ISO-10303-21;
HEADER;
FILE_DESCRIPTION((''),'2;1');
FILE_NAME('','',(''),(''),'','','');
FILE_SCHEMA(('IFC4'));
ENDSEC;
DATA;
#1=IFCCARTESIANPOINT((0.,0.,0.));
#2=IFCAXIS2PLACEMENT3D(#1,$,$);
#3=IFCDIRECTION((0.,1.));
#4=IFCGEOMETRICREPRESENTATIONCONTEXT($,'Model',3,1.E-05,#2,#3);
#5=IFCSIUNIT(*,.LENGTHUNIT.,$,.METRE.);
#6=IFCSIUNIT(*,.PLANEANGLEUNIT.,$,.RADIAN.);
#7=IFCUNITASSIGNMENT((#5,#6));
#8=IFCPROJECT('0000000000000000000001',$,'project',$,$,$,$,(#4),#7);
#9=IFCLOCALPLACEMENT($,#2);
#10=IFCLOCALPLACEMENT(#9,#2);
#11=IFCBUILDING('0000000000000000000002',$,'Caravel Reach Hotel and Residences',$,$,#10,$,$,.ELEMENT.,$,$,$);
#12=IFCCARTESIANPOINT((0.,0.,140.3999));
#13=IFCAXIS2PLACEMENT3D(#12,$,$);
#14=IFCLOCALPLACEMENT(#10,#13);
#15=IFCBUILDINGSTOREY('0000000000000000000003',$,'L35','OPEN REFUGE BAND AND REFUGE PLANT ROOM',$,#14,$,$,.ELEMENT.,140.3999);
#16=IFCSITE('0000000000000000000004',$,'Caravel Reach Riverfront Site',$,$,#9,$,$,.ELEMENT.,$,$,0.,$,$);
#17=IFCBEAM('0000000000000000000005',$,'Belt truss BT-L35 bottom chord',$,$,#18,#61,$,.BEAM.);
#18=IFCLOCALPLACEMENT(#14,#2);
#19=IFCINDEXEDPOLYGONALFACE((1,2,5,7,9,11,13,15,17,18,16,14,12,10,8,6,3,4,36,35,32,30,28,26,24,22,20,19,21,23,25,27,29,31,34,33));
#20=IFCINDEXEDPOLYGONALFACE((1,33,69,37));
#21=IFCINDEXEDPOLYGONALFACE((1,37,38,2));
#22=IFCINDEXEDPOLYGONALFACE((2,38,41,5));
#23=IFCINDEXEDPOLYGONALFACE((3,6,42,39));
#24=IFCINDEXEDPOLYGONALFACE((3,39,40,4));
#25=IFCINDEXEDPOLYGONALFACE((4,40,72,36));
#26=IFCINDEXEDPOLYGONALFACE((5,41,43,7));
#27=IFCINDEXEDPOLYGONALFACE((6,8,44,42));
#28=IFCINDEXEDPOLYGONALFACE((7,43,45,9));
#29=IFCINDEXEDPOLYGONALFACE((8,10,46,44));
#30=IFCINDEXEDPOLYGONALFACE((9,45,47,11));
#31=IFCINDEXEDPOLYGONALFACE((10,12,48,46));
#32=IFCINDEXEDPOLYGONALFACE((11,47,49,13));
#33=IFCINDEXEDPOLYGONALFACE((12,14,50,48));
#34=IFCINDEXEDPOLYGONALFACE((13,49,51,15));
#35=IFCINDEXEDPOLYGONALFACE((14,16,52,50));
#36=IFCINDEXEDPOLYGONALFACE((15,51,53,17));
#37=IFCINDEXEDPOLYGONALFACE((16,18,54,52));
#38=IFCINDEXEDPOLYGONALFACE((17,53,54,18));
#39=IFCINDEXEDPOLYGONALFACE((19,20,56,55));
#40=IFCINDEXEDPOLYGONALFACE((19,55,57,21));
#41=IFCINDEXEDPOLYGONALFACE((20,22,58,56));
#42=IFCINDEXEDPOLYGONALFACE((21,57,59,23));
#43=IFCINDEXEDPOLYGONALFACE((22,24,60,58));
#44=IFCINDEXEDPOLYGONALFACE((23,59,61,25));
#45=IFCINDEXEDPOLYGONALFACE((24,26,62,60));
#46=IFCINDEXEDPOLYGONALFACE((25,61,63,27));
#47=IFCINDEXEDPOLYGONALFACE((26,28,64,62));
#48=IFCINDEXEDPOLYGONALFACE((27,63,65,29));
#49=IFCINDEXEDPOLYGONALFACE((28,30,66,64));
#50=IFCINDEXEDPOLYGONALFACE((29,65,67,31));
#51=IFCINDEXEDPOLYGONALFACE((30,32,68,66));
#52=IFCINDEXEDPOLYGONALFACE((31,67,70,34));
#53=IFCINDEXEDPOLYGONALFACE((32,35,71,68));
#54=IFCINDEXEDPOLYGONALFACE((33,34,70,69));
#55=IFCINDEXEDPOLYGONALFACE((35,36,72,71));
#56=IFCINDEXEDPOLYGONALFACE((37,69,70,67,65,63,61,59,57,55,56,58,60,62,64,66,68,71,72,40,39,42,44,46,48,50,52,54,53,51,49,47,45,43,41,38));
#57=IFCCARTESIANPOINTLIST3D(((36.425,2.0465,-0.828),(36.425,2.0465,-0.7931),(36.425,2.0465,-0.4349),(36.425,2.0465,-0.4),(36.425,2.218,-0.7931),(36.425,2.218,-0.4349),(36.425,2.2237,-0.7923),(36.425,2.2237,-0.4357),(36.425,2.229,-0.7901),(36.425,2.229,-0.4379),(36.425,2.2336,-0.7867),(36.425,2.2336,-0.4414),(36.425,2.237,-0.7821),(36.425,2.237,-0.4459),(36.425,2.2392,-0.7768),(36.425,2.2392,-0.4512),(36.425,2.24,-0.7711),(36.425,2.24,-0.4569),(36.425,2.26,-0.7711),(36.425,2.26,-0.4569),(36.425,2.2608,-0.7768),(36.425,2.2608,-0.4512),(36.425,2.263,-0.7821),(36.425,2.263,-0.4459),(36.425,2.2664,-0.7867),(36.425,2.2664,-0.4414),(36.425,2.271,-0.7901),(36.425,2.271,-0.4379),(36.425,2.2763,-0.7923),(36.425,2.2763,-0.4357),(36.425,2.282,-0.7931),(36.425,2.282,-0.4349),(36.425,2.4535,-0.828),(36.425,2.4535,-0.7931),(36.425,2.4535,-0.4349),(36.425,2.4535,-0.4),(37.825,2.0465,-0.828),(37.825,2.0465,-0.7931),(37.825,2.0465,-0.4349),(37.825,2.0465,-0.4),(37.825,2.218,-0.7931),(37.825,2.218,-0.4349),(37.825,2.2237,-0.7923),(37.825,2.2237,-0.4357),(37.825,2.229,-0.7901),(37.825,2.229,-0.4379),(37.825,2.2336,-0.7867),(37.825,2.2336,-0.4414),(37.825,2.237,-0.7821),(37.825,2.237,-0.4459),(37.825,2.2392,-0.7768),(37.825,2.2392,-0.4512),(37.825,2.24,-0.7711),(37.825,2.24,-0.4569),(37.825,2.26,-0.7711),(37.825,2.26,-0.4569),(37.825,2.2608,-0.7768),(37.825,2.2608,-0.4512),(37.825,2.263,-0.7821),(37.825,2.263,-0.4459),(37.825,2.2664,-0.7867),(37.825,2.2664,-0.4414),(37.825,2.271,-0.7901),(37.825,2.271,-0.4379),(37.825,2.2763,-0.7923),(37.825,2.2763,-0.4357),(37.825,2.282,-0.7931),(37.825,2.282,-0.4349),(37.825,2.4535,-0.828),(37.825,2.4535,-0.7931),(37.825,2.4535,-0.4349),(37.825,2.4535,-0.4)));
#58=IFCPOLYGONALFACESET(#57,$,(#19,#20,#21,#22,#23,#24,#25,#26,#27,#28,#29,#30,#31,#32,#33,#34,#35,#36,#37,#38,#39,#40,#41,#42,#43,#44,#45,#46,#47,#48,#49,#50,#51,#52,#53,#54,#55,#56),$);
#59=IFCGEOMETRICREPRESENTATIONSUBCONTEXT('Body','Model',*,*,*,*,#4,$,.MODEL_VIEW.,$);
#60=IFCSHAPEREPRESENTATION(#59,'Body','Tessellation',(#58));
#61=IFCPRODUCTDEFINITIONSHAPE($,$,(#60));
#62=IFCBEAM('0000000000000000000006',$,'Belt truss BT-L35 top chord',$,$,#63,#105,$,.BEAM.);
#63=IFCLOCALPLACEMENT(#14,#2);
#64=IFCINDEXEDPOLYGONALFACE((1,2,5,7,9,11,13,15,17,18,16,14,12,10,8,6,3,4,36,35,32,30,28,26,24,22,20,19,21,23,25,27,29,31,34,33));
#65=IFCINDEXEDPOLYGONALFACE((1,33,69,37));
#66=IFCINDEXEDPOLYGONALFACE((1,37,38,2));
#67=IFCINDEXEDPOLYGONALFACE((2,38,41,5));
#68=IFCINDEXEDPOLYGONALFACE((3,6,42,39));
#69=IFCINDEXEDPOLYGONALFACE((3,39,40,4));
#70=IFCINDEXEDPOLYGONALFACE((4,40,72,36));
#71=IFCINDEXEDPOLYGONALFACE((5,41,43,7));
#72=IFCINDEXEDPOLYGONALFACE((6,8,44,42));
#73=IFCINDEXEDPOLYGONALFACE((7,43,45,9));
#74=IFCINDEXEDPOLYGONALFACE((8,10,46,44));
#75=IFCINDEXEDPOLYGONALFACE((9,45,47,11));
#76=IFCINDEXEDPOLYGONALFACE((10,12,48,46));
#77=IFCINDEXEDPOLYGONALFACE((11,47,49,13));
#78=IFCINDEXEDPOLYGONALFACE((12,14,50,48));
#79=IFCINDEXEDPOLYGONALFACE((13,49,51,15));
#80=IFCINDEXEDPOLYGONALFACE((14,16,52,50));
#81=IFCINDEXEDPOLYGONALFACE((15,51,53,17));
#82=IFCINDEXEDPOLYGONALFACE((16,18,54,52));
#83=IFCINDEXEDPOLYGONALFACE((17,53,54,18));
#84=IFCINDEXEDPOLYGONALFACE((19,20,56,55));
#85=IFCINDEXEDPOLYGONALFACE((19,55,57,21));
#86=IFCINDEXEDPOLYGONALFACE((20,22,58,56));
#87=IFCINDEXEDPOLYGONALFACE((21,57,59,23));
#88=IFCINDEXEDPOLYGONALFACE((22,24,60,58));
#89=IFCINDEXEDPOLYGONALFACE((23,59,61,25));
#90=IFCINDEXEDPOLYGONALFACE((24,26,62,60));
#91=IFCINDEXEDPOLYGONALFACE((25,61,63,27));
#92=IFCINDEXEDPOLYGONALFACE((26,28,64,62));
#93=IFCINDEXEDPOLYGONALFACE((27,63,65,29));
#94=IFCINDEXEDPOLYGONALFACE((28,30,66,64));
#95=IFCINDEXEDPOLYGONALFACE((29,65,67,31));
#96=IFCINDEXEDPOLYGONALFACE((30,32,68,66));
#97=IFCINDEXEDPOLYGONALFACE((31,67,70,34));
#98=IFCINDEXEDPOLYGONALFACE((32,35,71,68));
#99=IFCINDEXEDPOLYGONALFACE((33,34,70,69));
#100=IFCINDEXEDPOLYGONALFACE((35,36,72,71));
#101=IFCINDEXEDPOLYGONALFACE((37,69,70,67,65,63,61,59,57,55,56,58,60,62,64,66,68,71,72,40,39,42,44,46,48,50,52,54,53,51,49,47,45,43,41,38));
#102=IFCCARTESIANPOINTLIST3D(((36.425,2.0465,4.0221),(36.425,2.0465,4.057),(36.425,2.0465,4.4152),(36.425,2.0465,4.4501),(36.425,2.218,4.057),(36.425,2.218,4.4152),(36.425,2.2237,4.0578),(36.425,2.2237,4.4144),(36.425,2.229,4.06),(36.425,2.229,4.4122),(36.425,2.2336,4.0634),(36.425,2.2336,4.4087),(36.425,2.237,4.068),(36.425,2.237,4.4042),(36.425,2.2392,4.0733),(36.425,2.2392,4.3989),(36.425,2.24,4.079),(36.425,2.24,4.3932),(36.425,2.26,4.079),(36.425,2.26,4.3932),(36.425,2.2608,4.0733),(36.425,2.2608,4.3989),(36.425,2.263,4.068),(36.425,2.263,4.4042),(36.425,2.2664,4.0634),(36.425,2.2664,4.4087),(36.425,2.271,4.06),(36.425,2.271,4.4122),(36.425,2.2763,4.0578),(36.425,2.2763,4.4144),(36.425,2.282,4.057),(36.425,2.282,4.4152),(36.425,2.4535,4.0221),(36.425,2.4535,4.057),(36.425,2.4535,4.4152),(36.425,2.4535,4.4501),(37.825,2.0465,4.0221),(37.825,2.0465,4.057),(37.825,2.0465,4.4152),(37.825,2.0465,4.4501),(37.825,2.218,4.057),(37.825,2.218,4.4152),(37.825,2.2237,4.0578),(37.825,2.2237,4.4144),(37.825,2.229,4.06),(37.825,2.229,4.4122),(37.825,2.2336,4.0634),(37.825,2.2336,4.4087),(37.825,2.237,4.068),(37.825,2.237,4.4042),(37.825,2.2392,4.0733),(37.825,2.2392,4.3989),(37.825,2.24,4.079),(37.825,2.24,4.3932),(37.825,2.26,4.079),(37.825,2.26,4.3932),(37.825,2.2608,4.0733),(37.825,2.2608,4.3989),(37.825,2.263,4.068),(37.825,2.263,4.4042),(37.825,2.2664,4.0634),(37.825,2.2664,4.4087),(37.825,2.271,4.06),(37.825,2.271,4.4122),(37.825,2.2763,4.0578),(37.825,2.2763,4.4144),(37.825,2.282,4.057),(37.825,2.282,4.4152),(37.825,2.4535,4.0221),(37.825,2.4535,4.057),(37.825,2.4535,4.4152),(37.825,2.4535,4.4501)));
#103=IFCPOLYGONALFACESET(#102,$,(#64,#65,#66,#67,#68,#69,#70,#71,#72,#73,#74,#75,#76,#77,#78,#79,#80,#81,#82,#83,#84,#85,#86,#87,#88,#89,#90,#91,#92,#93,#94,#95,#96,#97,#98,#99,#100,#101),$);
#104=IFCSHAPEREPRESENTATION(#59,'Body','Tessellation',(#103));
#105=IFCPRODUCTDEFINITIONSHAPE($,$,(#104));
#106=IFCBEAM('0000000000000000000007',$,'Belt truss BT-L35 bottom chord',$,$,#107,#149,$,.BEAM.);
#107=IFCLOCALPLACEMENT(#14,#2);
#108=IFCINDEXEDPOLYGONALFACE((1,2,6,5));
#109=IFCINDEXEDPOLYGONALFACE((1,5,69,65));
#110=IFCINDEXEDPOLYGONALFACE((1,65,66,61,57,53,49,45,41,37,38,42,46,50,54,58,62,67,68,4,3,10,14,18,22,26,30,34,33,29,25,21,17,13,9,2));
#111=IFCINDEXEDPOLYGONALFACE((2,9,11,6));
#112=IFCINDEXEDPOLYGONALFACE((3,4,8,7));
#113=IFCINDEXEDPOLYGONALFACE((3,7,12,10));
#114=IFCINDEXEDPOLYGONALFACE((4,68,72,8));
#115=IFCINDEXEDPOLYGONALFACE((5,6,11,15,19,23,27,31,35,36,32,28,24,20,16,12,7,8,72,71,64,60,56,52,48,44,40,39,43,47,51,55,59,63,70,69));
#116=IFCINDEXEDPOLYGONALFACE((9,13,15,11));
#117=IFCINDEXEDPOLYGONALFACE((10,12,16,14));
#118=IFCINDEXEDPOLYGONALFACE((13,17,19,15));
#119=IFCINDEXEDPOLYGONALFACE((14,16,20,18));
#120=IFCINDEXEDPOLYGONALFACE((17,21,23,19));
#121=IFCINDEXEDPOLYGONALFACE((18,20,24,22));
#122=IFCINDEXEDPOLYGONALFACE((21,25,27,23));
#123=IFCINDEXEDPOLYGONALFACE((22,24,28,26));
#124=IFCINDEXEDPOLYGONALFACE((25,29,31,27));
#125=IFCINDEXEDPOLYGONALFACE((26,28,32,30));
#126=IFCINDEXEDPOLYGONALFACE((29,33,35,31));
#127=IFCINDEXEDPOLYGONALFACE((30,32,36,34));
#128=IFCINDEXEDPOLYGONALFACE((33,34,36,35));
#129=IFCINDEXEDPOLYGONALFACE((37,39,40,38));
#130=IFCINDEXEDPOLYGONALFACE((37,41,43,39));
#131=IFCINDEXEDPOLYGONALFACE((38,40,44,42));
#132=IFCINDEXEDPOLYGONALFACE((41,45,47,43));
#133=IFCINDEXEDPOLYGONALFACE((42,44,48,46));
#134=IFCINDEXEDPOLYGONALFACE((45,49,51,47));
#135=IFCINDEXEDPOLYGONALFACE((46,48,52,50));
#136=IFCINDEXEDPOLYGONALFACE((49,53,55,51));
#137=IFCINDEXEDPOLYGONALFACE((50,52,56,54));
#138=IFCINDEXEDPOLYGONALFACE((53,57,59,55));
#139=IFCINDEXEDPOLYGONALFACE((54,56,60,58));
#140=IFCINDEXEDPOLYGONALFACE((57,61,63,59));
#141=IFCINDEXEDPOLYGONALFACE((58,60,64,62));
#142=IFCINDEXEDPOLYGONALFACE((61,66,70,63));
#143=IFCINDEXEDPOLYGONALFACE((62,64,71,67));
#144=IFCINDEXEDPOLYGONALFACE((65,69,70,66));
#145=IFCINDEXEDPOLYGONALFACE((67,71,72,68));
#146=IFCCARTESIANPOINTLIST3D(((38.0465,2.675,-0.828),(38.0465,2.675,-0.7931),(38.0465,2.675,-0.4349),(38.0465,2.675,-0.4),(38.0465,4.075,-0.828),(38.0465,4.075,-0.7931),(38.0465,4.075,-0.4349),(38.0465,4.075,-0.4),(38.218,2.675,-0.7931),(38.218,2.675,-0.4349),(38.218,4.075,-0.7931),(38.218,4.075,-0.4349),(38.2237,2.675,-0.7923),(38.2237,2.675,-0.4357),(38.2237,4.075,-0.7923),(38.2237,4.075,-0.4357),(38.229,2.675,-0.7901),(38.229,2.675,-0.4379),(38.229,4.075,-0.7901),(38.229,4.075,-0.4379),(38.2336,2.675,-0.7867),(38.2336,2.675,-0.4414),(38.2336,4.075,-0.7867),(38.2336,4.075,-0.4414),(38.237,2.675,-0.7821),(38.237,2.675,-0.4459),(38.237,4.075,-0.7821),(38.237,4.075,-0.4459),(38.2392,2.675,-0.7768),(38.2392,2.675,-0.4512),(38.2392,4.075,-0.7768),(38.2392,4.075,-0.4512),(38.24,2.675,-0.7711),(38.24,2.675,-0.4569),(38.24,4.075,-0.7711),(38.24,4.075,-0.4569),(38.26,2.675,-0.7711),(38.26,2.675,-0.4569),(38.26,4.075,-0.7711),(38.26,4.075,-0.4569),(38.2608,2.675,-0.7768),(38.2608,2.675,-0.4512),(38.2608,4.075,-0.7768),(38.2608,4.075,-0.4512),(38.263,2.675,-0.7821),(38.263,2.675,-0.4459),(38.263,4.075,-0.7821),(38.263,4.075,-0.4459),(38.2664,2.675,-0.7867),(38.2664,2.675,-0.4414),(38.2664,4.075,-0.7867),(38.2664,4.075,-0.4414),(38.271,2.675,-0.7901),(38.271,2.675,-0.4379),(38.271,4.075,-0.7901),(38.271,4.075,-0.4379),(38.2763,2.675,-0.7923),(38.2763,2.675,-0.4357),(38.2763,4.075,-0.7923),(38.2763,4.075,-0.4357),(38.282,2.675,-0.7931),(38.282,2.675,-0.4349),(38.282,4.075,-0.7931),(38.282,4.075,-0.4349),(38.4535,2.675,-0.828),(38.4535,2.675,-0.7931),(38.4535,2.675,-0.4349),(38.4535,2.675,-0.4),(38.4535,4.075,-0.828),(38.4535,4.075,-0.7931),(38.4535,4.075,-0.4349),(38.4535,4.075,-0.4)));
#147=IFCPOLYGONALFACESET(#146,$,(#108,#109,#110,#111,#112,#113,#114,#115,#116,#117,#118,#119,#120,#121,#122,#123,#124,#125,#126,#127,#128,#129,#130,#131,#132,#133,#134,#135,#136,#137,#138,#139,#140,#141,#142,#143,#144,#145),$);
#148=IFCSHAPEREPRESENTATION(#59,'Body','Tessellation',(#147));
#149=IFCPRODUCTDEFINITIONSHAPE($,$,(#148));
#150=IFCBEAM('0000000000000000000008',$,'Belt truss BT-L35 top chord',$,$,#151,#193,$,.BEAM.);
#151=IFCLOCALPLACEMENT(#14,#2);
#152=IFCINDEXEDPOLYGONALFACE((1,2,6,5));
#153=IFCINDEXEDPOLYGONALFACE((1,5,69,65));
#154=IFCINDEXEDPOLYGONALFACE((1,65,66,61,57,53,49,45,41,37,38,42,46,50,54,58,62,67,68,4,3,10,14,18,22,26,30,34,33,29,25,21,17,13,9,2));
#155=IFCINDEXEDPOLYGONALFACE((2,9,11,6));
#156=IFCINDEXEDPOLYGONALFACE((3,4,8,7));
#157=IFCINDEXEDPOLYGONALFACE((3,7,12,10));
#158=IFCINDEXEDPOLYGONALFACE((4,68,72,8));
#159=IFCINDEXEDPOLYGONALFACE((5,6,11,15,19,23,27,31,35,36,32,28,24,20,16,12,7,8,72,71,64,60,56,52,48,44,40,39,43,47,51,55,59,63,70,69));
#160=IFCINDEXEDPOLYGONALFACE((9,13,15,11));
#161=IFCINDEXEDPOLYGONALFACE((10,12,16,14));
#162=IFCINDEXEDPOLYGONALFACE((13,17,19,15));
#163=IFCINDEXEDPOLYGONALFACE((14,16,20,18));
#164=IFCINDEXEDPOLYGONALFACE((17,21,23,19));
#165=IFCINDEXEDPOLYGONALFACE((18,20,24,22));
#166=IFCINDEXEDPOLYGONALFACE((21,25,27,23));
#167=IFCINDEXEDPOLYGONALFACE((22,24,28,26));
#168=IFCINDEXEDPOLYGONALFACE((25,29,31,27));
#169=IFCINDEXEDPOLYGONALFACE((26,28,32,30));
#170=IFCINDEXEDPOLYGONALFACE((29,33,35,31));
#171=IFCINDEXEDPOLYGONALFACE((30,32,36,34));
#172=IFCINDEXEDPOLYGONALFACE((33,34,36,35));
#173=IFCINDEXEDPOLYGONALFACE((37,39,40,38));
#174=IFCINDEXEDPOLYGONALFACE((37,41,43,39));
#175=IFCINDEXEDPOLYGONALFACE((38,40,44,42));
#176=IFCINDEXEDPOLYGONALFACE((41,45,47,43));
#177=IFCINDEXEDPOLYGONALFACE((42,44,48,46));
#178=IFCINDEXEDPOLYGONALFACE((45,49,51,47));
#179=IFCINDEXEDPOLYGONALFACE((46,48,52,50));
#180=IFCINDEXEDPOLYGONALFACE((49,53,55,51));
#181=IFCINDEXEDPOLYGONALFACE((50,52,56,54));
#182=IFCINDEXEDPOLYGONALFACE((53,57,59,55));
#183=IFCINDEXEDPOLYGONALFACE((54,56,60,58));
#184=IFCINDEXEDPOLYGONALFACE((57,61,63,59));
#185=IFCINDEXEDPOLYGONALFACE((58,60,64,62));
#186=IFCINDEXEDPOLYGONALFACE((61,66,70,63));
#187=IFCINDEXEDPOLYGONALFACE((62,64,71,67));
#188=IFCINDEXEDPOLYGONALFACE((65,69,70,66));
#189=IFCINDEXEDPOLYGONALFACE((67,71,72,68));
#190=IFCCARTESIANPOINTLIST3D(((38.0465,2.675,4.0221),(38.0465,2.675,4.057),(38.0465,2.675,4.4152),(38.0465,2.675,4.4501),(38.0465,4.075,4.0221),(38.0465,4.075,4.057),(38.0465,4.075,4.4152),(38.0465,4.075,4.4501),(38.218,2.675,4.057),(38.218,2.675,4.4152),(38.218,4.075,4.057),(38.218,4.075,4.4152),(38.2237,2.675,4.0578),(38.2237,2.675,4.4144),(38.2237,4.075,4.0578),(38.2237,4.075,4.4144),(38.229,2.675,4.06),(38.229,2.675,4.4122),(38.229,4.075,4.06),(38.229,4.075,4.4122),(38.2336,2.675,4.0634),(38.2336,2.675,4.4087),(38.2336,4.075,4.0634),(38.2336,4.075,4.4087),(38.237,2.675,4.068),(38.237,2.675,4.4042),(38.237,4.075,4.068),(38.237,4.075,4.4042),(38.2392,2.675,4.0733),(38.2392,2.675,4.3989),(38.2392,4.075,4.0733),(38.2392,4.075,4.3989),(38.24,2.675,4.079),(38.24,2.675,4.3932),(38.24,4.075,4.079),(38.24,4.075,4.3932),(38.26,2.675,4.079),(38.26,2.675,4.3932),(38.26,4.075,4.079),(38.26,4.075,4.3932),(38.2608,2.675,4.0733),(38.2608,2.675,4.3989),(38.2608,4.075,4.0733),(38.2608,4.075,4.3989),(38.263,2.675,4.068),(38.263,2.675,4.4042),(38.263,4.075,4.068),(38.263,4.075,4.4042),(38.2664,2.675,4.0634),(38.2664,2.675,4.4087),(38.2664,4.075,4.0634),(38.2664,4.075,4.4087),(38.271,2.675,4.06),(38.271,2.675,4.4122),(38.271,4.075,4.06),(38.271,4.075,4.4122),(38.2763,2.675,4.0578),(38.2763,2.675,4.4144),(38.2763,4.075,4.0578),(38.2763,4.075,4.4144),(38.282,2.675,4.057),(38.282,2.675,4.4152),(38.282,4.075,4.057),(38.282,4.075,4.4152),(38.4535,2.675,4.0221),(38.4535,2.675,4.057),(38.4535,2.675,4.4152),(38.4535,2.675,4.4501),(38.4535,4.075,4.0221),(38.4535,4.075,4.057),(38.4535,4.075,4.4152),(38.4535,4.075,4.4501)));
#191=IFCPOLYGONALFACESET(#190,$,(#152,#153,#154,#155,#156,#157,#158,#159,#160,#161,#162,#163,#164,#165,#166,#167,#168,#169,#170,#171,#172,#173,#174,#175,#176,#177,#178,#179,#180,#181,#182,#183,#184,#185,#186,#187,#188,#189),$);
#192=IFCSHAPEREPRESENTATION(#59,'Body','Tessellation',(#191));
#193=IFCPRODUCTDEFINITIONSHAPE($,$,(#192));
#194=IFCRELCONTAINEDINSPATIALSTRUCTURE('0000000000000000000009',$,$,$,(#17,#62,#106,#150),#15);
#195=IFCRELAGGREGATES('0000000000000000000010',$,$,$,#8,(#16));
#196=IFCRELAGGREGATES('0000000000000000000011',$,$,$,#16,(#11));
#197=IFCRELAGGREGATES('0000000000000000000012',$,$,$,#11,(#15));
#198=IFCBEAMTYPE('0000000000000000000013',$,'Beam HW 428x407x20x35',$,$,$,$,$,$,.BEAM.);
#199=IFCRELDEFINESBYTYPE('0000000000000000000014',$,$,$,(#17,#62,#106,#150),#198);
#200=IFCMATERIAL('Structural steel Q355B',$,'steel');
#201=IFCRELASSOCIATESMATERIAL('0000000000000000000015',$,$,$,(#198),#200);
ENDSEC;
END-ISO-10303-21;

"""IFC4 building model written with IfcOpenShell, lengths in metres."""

from ifc_helpers import new_model, si_unit, direction, frame, origin, origin_2d, place, context, subcontext, project, spatial, i_section, extrude, material, material_profile, profile_set, type_object, element, save


model = new_model("IFC4")

# Units and contexts
model_context = context("Model", 3, precision=1e-05, world=origin(), true_north=direction((0.0, 1.0)))
body_context = subcontext(model_context, "Body", "Model", "MODEL_VIEW")
ifc_project = project(units=[si_unit("LENGTHUNIT", "METRE"), si_unit("PLANEANGLEUNIT", "RADIAN")], contexts=[model_context])

# Site, building, storey
site_placement = place(None, origin())
site = spatial("IfcSite", under=ifc_project, at=site_placement, Name="Caravel Reach Riverfront Site", CompositionType="ELEMENT", RefElevation=0.0)
building_placement = place(site_placement, origin())
building = spatial("IfcBuilding", under=site, at=building_placement, Name="Caravel Reach Hotel and Residences", CompositionType="ELEMENT")
storey_placement = place(building_placement, frame((0.0, 0.0, 140.3999)))
storey = spatial("IfcBuildingStorey", under=building, at=storey_placement, Name="L35", Description="OPEN REFUGE BAND AND REFUGE PLANT ROOM", CompositionType="ELEMENT", Elevation=140.3999)

# Beams
ifc_material_1 = material(Name="Structural steel Q355B", Category="steel")
ifc_material_profile_1 = material_profile(ifc_material_1, i_section(OverallWidth=0.407, OverallDepth=0.428, WebThickness=0.02, FlangeThickness=0.0349, FilletRadius=0.022, at=origin_2d()), Name="HW 428x407x20x35")
ifc_profile_set_1 = profile_set([ifc_material_profile_1], Name="Structural steel Q355B")
beam_type = type_object("IfcBeamType", Name="Beam HW 428x407x20x35", PredefinedType="BEAM", material=ifc_profile_set_1)
for number, where, z_axis, x_axis, name in (
    (1, (36.425, 2.25, -0.614), (1.0, 0.0, 0.0), (0.0, 1.0, 0.0), "Belt truss BT-L35 bottom chord"),
    (2, (36.425, 2.25, 4.2361), (1.0, 0.0, 0.0), (0.0, 1.0, 0.0), "Belt truss BT-L35 top chord"),
    (3, (38.25, 2.675, -0.614), (0.0, 1.0, 0.0), (-1.0, 0.0, 0.0), "Belt truss BT-L35 bottom chord"),
    (4, (38.25, 2.675, 4.2361), (0.0, 1.0, 0.0), (-1.0, 0.0, 0.0), "Belt truss BT-L35 top chord"),
):
    element("IfcBeam", number, at=place(storey_placement, frame(where, z_axis=z_axis, x_axis=x_axis)), inside=storey, type_object=beam_type, Name=name, PredefinedType="BEAM", context=body_context, shape_type="SweptSolid", body=[
        extrude(i_section(OverallWidth=0.407, OverallDepth=0.428, WebThickness=0.02, FlangeThickness=0.0349, FilletRadius=0.022, at=origin_2d()), origin(), (0.0, 0.0, 1.0), 1.3999),
    ])

save(model, "model.ifc")
